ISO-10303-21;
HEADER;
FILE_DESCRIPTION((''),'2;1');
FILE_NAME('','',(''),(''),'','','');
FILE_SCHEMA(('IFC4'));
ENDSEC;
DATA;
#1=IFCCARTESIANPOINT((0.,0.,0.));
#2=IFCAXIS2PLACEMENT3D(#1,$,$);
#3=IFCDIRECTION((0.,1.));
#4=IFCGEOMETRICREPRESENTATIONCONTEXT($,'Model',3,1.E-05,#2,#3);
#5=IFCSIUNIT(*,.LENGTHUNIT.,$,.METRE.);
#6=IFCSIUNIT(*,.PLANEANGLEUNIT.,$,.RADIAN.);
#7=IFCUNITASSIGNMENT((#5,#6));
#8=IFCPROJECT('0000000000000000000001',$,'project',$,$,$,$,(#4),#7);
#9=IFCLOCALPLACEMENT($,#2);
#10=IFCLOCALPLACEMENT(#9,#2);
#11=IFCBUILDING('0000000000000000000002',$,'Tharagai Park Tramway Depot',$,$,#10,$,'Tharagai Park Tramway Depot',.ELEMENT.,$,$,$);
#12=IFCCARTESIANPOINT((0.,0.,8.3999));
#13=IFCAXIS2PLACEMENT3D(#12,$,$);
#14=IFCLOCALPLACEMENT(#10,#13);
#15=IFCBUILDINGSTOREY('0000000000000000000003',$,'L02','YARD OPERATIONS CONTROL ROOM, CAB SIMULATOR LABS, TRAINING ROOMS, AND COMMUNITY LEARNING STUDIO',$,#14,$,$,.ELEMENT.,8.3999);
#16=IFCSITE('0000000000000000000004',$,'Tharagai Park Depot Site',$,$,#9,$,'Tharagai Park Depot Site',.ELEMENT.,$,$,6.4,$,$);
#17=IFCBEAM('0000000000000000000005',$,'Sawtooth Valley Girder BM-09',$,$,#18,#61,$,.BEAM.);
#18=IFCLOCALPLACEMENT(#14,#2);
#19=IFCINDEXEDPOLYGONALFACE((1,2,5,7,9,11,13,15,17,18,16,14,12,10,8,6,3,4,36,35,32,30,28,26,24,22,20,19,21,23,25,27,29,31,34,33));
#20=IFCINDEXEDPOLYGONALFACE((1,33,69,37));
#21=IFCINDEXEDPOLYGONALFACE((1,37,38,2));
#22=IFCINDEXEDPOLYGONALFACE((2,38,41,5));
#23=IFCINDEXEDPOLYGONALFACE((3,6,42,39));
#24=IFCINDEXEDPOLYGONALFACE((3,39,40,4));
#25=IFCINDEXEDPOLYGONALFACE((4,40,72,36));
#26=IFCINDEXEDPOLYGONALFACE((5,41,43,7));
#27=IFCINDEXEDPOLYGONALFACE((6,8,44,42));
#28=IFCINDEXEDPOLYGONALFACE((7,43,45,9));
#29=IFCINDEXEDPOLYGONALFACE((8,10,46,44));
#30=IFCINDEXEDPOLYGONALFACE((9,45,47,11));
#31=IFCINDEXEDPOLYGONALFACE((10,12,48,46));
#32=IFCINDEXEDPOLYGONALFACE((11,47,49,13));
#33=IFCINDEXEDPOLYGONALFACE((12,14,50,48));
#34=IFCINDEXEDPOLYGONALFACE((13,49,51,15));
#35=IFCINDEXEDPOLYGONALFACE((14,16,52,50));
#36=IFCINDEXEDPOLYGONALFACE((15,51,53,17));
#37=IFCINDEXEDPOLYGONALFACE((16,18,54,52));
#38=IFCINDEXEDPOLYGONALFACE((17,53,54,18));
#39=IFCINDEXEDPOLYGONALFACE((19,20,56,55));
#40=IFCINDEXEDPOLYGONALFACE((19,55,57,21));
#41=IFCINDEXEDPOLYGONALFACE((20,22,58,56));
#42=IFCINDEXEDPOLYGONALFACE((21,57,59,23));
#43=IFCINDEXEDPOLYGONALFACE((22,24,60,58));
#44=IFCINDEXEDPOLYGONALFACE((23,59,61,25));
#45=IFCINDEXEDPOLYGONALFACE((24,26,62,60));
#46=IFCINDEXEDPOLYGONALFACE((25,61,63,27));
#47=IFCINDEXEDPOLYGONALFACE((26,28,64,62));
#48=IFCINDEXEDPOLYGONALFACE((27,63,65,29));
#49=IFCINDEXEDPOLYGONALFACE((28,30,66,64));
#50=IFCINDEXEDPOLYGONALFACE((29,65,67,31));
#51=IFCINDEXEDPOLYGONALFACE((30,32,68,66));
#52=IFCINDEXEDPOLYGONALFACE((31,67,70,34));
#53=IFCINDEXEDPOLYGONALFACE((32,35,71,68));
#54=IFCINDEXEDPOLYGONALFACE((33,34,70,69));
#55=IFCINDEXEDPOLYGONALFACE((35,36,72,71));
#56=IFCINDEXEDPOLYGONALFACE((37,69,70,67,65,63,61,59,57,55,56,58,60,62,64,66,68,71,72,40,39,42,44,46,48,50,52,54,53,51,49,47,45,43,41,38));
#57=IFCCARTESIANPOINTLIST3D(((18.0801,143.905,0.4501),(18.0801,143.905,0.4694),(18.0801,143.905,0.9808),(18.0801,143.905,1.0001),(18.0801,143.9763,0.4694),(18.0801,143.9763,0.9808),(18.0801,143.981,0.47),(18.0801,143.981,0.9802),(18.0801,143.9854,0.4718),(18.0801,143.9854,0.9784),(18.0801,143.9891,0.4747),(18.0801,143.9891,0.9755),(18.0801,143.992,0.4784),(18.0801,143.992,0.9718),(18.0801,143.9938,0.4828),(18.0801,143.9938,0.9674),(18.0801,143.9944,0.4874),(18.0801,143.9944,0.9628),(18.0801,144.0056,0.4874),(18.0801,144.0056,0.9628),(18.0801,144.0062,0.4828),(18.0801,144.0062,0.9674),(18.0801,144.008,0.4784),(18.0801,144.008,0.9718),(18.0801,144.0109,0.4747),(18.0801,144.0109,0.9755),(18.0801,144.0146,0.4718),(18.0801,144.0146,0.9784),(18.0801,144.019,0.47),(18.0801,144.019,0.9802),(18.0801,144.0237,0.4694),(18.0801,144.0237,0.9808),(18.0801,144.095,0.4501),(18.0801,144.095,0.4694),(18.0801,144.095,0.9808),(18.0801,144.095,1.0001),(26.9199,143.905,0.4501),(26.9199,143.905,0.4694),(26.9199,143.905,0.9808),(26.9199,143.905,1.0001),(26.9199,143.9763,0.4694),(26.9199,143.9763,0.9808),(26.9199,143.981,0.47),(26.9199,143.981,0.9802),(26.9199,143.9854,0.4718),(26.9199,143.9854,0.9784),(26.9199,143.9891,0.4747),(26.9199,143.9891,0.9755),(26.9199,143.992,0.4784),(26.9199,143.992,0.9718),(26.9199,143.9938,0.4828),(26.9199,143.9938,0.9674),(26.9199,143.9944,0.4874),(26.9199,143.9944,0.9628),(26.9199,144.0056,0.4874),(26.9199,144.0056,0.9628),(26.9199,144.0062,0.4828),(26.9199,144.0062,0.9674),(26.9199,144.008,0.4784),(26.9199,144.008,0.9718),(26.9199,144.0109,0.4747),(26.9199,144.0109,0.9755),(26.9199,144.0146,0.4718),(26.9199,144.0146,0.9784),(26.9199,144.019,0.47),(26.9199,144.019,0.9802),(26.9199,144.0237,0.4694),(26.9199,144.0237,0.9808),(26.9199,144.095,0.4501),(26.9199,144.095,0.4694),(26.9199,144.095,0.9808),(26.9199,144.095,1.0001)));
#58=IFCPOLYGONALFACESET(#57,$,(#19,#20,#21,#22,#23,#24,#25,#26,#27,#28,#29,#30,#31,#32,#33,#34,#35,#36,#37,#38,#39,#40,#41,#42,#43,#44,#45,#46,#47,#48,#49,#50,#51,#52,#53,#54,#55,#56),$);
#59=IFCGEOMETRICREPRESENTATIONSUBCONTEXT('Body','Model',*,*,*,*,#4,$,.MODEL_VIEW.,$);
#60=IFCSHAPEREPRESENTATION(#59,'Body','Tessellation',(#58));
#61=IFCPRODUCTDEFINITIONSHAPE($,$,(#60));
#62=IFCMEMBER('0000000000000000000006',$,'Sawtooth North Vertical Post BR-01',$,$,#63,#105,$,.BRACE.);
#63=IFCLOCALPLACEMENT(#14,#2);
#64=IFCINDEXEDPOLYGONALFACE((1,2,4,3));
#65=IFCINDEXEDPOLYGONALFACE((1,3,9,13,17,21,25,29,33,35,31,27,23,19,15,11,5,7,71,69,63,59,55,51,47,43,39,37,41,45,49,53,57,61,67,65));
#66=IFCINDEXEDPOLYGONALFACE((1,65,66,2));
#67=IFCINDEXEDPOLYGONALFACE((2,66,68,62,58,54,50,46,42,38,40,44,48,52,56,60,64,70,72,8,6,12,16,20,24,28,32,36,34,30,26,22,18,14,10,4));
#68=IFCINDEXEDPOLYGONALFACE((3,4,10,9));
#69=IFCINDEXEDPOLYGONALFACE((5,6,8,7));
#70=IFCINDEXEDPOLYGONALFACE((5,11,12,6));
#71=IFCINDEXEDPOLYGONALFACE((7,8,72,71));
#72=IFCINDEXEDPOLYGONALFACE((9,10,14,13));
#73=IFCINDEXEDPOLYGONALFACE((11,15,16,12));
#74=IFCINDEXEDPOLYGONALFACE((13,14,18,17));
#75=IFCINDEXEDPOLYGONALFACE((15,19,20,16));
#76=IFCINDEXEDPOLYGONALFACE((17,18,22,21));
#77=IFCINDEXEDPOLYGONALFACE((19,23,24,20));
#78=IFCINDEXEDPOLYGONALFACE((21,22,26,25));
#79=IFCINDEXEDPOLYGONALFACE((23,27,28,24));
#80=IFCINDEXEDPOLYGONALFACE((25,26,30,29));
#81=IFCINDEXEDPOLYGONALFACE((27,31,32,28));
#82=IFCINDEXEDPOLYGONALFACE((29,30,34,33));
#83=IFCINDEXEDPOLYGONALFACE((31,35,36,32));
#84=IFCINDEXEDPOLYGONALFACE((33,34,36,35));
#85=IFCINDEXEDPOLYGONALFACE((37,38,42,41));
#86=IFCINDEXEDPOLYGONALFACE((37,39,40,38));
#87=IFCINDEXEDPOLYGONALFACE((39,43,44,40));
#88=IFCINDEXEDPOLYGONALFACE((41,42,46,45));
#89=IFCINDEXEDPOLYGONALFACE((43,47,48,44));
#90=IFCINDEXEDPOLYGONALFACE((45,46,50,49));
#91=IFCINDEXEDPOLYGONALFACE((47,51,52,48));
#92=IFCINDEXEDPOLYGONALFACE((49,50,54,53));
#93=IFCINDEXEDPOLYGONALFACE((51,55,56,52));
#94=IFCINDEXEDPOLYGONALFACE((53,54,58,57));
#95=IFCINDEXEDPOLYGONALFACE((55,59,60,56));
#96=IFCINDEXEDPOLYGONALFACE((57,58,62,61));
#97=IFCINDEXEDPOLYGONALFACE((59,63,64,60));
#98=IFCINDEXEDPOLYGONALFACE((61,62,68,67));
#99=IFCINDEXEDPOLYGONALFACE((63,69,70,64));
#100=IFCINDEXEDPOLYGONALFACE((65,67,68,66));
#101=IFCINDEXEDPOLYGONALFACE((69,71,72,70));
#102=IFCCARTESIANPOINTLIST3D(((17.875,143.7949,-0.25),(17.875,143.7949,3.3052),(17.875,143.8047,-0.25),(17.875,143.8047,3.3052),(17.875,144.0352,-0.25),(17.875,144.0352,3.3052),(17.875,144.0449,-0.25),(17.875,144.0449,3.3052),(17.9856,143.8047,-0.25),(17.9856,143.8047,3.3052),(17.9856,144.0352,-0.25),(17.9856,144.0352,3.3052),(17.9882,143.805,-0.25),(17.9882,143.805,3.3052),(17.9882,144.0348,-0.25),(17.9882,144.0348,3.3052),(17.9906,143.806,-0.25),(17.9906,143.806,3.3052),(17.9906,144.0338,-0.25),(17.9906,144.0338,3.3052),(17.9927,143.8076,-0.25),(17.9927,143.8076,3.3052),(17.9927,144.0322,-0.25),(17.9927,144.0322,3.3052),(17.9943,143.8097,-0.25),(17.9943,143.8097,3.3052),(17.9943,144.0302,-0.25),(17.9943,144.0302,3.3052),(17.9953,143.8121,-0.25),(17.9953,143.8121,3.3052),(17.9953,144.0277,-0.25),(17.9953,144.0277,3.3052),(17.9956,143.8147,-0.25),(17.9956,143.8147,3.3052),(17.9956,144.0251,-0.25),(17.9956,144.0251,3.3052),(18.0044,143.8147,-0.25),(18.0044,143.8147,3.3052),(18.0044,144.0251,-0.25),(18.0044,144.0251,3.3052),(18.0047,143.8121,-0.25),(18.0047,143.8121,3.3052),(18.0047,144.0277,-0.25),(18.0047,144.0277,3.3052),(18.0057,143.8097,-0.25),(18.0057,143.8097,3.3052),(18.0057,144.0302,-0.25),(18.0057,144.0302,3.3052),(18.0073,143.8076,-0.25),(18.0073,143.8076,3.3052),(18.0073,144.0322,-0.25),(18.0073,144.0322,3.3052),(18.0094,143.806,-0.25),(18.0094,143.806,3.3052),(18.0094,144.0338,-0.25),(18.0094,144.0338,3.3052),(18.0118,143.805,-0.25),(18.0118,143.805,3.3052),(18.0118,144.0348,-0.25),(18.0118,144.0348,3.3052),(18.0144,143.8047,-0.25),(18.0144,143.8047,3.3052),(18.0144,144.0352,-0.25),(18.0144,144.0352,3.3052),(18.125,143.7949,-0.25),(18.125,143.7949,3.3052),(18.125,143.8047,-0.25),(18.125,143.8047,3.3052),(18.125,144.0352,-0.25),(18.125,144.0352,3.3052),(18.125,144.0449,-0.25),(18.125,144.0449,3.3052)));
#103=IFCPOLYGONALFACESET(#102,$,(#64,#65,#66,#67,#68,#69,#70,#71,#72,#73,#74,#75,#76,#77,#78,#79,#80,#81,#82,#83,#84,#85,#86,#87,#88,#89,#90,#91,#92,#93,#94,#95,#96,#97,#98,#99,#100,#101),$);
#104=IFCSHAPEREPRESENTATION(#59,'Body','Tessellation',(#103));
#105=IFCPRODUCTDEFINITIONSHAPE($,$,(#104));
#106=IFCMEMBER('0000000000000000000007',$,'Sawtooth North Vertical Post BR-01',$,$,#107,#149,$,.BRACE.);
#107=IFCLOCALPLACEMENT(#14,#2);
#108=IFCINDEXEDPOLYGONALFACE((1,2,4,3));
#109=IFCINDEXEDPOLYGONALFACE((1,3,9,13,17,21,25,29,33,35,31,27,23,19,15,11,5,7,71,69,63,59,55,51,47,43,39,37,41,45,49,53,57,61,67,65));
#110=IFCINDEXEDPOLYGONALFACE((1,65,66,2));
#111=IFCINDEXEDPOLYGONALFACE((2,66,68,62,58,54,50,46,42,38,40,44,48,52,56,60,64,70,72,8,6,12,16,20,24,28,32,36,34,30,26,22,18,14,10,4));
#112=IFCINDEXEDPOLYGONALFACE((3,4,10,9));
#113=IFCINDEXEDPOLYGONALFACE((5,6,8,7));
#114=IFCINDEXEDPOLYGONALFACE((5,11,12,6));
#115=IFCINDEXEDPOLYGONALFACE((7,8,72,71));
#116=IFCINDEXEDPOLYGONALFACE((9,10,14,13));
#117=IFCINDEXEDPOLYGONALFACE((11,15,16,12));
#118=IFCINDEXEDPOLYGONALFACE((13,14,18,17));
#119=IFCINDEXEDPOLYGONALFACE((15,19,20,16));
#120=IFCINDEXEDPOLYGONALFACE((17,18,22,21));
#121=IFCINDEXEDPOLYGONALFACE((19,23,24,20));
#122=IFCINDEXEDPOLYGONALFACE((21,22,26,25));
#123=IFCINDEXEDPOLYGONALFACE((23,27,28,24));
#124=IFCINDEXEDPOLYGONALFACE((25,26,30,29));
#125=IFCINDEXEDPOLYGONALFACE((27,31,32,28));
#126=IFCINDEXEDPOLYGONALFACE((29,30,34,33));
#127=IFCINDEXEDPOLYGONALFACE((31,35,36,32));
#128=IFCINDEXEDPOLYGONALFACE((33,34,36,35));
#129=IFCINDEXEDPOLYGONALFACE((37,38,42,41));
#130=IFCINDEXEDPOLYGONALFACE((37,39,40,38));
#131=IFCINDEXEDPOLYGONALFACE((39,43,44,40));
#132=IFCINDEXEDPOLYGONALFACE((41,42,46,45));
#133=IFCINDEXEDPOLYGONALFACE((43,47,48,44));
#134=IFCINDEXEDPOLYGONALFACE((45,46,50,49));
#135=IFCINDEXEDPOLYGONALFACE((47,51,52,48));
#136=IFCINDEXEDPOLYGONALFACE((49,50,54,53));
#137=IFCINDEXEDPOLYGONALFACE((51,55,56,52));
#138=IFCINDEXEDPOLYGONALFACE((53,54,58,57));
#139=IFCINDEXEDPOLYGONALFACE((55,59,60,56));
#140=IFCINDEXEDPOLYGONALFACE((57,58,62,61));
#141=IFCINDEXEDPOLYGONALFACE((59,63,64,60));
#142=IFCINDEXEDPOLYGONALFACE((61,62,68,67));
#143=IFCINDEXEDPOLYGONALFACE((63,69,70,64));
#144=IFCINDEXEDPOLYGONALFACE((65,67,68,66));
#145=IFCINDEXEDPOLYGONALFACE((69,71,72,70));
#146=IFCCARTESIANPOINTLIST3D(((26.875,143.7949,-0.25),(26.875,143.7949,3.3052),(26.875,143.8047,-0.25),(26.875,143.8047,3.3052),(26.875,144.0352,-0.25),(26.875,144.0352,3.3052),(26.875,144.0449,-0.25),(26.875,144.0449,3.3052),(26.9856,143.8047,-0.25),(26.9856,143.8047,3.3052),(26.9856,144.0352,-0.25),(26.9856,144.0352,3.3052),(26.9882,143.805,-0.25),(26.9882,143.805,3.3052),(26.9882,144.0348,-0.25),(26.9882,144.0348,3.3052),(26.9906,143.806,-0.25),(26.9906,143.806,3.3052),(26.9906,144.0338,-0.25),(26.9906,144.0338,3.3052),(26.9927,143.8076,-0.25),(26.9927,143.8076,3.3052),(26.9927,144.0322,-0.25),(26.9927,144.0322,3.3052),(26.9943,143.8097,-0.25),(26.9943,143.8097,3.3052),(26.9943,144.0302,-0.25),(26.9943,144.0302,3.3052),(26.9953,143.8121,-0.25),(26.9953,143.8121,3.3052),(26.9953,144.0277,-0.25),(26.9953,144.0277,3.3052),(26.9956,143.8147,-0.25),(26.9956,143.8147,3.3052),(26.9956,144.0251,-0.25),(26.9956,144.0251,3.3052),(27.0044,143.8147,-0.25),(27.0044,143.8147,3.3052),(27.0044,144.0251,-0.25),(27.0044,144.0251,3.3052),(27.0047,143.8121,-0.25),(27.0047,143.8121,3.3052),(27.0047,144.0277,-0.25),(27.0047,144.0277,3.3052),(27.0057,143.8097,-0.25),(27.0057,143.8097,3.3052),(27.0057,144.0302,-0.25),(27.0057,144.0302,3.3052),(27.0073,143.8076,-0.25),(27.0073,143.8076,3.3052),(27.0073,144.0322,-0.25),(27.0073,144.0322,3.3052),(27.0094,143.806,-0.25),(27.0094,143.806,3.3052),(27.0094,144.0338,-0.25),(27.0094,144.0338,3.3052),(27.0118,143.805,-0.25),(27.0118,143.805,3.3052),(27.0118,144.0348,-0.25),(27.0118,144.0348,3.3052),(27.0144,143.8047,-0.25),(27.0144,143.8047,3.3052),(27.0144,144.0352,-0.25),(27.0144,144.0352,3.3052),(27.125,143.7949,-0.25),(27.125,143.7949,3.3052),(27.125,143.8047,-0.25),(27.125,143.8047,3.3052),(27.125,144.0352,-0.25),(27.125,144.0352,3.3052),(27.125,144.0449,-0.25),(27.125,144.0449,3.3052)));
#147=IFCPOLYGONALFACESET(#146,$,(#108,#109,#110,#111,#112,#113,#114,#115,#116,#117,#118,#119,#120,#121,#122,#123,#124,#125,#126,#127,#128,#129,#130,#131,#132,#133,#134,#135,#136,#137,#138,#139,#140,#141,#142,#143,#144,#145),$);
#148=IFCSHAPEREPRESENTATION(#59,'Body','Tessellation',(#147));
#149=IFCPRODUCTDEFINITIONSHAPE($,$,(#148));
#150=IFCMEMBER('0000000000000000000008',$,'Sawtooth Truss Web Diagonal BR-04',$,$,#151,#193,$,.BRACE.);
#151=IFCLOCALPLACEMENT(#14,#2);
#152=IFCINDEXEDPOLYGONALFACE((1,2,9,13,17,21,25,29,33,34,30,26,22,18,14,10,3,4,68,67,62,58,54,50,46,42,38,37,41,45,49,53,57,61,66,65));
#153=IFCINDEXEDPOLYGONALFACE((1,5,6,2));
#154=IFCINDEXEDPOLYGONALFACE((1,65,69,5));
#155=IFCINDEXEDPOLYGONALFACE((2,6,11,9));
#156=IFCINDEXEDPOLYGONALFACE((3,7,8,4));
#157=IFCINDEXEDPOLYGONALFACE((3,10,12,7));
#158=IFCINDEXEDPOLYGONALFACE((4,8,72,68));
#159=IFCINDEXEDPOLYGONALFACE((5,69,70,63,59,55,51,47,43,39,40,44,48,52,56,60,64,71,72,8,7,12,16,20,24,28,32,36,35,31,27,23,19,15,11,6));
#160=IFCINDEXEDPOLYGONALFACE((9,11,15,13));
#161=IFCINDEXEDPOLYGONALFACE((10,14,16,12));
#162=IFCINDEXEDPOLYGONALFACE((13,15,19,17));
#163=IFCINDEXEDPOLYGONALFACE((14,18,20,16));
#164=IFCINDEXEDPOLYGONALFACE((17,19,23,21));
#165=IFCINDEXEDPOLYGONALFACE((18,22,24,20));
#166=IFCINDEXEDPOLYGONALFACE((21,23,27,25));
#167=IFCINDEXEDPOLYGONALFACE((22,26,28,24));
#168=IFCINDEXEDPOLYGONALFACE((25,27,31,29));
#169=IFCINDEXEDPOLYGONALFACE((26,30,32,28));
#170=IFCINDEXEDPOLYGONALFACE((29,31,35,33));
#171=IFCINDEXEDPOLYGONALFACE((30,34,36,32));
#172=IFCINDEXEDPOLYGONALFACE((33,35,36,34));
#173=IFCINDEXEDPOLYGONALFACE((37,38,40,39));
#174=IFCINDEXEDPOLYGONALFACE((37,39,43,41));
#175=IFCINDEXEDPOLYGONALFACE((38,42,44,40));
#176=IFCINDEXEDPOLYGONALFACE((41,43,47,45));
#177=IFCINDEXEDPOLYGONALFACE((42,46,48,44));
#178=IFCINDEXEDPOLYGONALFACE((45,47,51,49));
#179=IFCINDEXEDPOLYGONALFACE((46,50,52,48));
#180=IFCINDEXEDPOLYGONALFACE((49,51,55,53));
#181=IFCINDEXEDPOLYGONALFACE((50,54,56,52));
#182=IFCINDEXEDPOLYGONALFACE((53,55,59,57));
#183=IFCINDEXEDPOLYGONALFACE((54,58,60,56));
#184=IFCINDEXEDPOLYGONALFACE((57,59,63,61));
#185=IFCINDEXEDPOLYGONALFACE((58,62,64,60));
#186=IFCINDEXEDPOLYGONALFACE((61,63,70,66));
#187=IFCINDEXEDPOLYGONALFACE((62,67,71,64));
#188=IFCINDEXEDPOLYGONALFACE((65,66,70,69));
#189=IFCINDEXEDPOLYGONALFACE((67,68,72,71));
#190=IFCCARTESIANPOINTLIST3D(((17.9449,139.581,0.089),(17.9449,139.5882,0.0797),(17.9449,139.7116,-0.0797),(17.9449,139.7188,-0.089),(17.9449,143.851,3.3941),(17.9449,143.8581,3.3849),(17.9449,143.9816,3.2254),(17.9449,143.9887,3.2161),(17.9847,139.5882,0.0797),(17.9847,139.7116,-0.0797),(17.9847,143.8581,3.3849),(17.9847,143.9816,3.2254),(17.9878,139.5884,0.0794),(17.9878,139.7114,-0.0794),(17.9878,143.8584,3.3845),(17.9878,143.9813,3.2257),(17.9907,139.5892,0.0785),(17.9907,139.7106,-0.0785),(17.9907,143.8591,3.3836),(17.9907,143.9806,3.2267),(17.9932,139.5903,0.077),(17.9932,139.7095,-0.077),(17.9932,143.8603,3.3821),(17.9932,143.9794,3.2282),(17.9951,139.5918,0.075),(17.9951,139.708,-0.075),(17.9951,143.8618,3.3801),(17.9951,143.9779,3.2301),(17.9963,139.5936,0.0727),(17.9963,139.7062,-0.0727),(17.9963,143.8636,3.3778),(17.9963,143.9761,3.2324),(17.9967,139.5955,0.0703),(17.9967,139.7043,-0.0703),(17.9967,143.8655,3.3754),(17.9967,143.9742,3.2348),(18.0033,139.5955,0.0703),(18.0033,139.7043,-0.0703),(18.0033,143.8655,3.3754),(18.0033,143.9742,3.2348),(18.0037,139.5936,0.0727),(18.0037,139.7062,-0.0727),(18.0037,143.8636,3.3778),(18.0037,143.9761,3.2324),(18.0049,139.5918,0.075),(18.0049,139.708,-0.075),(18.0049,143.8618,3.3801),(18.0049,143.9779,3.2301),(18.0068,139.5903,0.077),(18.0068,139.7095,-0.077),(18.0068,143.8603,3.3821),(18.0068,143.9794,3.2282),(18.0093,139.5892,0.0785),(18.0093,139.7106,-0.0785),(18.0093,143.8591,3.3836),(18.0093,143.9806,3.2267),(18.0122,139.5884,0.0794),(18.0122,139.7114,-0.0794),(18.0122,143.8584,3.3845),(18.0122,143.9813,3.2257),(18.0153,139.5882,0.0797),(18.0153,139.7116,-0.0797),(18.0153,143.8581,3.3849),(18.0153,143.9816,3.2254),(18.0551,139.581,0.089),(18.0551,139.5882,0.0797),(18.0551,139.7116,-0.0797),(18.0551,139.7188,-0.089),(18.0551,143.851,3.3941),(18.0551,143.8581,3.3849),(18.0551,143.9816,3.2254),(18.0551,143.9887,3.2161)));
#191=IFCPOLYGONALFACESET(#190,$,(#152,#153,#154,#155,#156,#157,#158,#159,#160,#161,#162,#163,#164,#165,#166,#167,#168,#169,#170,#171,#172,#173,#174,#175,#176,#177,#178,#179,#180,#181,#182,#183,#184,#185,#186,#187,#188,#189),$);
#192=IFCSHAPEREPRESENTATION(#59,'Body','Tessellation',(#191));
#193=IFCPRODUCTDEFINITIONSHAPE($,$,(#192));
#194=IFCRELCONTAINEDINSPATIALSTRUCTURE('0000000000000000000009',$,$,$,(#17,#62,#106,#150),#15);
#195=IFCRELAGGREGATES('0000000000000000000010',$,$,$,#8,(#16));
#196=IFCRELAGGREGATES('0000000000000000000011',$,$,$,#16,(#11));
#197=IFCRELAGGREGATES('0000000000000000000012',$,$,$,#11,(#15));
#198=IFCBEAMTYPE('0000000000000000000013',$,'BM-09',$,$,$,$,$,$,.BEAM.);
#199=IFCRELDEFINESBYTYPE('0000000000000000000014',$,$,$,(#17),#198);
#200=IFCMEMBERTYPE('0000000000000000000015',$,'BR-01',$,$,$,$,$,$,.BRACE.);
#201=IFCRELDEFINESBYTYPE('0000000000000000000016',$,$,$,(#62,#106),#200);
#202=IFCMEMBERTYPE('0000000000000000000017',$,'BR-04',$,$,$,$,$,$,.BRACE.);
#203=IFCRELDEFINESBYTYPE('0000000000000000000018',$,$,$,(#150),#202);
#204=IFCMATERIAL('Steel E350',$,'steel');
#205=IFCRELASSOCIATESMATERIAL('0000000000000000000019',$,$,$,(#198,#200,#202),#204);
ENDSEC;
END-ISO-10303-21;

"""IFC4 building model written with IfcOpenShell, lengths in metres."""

from ifc_helpers import new_model, si_unit, direction, frame, origin, origin_2d, place, context, subcontext, project, spatial, i_section, extrude, material, material_profile, profile_set, type_object, element, save


model = new_model("IFC4")

# Units and contexts
model_context = context("Model", 3, precision=1e-05, world=origin(), true_north=direction((0.0, 1.0)))
body_context = subcontext(model_context, "Body", "Model", "MODEL_VIEW")
ifc_project = project(units=[si_unit("LENGTHUNIT", "METRE"), si_unit("PLANEANGLEUNIT", "RADIAN")], contexts=[model_context])

# Site, building, storey
site_placement = place(None, origin())
site = spatial("IfcSite", under=ifc_project, at=site_placement, Name="Tharagai Park Depot Site", LongName="Tharagai Park Depot Site", CompositionType="ELEMENT", RefElevation=6.4)
building_placement = place(site_placement, origin())
building = spatial("IfcBuilding", under=site, at=building_placement, Name="Tharagai Park Tramway Depot", LongName="Tharagai Park Tramway Depot", CompositionType="ELEMENT")
storey_placement = place(building_placement, frame((0.0, 0.0, 8.3999)))
storey = spatial("IfcBuildingStorey", under=building, at=storey_placement, Name="L02", Description="YARD OPERATIONS CONTROL ROOM, CAB SIMULATOR LABS, TRAINING ROOMS, AND COMMUNITY LEARNING STUDIO", CompositionType="ELEMENT", Elevation=8.3999)

# Beam
ifc_material_1 = material(Name="Steel E350", Category="steel")
ifc_material_profile_1 = material_profile(ifc_material_1, i_section(OverallWidth=0.1899, OverallDepth=0.55, WebThickness=0.0112, FlangeThickness=0.0193, FilletRadius=0.0181, at=origin_2d()), Name="ISMB 550")
ifc_profile_set_1 = profile_set([ifc_material_profile_1], Name="Steel E350")
beam_type = type_object("IfcBeamType", Name="BM-09", PredefinedType="BEAM", material=ifc_profile_set_1)
beam_placement = place(storey_placement, frame((18.0801, 144.0, 0.7251), z_axis=(1.0, 0.0, 0.0), x_axis=(0.0, 1.0, 0.0)))
element("IfcBeam", 1, at=beam_placement, inside=storey, type_object=beam_type, Name="Sawtooth Valley Girder BM-09", PredefinedType="BEAM", context=body_context, shape_type="SweptSolid", body=[
    extrude(i_section(OverallWidth=0.1899, OverallDepth=0.55, WebThickness=0.0112, FlangeThickness=0.0193, FilletRadius=0.0181, at=origin_2d()), origin(), (0.0, 0.0, 1.0), 8.8398),
])

# Members
ifc_material_profile_2 = material_profile(ifc_material_1, i_section(OverallWidth=0.25, OverallDepth=0.25, WebThickness=0.0088, FlangeThickness=0.0098, FilletRadius=0.01, at=origin_2d()), Name="ISHB 250")
ifc_profile_set_2 = profile_set([ifc_material_profile_2], Name="Steel E350")
member_type_1 = type_object("IfcMemberType", Name="BR-01", PredefinedType="BRACE", material=ifc_profile_set_2)
for number, where, z_axis, x_axis, name in (
    (2, (18.0, 143.9199, -0.25), (0.0, 0.0, 1.0), (1.0, 0.0, 0.0), "Sawtooth North Vertical Post BR-01"),
    (3, (27.0, 143.9199, -0.25), (0.0, 0.0, 1.0), (1.0, 0.0, 0.0), "Sawtooth North Vertical Post BR-01"),
):
    element("IfcMember", number, at=place(storey_placement, frame(where, z_axis=z_axis, x_axis=x_axis)), inside=storey, type_object=member_type_1, Name=name, PredefinedType="BRACE", context=body_context, shape_type="SweptSolid", body=[
        extrude(i_section(OverallWidth=0.25, OverallDepth=0.25, WebThickness=0.0088, FlangeThickness=0.0098, FilletRadius=0.01, at=origin_2d()), origin(), (0.0, 0.0, 1.0), 3.5552),
    ])
ifc_material_profile_3 = material_profile(ifc_material_1, i_section(OverallWidth=0.1101, OverallDepth=0.2251, WebThickness=0.0066, FlangeThickness=0.0117, FilletRadius=0.012, at=origin_2d()), Name="ISMB 225")
ifc_profile_set_3 = profile_set([ifc_material_profile_3], Name="Steel E350")
member_type_2 = type_object("IfcMemberType", Name="BR-04", PredefinedType="BRACE", material=ifc_profile_set_3)
for number, where, z_axis, x_axis, name in (
    (4, (18.0, 139.6499, 0.0), (0.0, 0.790782, 0.612098), (-1.0, 0.0, 0.0), "Sawtooth Truss Web Diagonal BR-04"),
):
    element("IfcMember", number, at=place(storey_placement, frame(where, z_axis=z_axis, x_axis=x_axis)), inside=storey, type_object=member_type_2, Name=name, PredefinedType="BRACE", context=body_context, shape_type="SweptSolid", body=[
        extrude(i_section(OverallWidth=0.1101, OverallDepth=0.2251, WebThickness=0.0066, FlangeThickness=0.0117, FilletRadius=0.012, at=origin_2d()), origin(), (0.0, 0.0, 1.0), 5.3997),
    ])

save(model, "model.ifc")
